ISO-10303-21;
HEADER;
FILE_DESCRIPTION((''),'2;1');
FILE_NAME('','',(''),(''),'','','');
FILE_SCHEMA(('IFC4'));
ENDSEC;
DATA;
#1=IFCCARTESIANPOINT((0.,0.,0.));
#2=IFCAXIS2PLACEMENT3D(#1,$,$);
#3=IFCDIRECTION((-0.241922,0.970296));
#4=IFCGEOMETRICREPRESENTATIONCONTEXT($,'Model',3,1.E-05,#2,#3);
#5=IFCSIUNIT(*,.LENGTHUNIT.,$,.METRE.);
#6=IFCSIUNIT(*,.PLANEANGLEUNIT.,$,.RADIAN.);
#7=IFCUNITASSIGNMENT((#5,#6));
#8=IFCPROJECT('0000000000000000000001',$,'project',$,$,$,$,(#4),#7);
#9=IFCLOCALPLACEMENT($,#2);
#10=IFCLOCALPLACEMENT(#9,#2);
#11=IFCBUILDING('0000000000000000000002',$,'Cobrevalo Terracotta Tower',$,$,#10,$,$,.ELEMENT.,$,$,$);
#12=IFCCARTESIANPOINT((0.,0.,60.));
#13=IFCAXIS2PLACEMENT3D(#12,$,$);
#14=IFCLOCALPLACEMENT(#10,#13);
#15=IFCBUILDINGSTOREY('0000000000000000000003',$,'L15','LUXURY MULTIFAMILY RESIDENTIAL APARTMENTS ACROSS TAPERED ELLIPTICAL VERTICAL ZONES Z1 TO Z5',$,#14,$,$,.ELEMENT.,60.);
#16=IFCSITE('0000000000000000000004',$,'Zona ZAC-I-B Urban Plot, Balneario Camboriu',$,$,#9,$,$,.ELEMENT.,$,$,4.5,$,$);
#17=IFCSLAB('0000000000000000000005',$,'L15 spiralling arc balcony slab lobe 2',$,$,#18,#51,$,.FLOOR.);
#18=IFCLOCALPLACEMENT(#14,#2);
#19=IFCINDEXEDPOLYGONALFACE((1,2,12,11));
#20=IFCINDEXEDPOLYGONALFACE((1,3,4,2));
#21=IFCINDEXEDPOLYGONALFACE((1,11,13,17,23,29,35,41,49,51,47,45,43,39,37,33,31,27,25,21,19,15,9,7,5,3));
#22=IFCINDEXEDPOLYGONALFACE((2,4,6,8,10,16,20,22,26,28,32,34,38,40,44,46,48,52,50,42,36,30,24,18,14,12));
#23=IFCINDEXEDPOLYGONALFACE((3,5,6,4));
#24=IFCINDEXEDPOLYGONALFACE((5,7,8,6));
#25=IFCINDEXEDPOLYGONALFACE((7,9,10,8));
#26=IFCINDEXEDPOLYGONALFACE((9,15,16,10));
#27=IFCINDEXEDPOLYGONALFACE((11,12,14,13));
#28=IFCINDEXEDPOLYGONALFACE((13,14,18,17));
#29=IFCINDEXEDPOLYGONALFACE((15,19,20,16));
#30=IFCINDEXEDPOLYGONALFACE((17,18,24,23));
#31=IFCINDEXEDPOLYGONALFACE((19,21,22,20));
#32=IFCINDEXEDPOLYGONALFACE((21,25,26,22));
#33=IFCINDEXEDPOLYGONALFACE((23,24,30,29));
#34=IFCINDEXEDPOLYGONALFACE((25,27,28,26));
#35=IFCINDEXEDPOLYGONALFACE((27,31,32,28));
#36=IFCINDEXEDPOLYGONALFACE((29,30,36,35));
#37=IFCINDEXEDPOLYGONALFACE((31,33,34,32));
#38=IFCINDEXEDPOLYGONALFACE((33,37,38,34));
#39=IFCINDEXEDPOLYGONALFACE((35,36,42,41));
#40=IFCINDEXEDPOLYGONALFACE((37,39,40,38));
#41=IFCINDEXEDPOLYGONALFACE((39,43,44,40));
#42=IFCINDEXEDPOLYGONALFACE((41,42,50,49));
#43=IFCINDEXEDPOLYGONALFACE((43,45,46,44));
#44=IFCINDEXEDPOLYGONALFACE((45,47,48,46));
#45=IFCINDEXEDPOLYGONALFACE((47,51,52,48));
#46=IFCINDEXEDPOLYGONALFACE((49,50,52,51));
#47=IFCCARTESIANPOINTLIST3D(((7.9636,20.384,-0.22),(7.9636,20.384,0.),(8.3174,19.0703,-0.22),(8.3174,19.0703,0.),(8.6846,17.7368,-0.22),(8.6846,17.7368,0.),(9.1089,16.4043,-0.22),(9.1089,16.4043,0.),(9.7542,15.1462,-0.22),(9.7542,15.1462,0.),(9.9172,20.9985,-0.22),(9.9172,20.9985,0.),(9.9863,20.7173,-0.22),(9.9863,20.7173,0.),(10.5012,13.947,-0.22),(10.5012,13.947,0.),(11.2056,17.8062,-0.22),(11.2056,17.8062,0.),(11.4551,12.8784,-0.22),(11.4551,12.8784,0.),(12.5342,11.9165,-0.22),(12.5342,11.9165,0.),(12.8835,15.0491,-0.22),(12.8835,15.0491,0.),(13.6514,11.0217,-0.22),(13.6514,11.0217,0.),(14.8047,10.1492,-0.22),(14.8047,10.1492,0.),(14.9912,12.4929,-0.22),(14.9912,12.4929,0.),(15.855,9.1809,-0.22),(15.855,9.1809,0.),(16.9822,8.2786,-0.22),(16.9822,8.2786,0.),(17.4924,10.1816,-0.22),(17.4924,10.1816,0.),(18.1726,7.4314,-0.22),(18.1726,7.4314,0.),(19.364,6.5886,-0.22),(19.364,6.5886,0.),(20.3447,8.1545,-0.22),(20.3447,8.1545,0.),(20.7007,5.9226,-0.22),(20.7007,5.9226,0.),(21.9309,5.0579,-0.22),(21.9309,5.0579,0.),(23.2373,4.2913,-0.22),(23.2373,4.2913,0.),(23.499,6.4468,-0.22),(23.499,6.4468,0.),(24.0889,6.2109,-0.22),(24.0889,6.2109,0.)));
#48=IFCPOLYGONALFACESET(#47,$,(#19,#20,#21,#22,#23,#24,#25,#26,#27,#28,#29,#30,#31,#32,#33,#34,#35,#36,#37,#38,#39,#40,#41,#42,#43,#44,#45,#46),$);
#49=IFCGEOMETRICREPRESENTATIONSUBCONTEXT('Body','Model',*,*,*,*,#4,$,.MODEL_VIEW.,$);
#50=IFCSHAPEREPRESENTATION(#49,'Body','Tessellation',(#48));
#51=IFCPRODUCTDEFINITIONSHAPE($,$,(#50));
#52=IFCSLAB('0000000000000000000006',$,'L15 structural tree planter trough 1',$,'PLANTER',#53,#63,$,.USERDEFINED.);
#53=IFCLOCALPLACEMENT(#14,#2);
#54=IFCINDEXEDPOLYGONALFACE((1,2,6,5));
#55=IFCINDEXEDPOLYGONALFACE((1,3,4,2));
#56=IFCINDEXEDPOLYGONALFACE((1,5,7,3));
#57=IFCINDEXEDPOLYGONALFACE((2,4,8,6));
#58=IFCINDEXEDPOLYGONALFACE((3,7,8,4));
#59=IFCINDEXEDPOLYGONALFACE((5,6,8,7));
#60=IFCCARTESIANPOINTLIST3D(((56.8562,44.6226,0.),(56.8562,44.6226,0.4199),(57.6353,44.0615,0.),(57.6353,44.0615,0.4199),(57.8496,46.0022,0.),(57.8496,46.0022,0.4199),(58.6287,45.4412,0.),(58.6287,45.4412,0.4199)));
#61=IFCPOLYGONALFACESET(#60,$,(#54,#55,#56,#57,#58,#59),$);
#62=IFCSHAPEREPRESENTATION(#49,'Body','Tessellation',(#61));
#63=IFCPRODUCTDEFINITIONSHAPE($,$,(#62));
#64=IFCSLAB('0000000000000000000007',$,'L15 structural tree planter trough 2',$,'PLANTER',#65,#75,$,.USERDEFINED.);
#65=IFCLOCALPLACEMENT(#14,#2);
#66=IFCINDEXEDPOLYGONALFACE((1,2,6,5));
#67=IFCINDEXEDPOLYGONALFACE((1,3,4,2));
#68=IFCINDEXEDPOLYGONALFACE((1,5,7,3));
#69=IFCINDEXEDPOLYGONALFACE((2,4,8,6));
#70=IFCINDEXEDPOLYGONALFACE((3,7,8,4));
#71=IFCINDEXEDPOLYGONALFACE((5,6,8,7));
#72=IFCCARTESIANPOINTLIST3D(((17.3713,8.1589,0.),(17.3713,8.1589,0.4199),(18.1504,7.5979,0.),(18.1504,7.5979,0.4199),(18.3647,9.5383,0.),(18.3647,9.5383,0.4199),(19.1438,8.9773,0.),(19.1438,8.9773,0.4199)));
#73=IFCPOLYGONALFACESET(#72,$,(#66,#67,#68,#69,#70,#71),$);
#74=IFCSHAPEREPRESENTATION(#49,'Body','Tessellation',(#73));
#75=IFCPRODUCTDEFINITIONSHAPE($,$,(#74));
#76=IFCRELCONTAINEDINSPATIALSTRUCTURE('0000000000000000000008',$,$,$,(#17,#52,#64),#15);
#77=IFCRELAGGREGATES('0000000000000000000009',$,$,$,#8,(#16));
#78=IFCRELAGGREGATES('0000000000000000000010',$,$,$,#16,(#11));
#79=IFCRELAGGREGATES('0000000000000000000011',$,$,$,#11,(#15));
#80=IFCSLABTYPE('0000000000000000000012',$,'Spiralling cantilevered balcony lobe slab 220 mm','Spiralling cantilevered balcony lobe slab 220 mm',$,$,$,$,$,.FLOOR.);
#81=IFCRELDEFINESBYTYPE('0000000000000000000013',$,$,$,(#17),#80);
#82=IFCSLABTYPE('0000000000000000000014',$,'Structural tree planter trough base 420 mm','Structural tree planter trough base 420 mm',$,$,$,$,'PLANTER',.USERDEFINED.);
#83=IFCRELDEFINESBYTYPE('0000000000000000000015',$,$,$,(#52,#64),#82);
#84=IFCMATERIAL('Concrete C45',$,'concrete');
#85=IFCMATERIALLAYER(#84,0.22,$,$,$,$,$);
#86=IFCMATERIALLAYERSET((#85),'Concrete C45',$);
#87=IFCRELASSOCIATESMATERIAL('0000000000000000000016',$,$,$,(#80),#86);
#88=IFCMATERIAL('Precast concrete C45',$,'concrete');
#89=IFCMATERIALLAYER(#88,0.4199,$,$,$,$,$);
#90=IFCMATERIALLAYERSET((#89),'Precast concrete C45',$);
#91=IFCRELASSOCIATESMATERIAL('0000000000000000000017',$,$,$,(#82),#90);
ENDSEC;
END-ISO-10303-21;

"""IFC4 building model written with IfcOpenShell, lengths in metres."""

from ifc_helpers import new_model, si_unit, direction, frame, origin, place, context, subcontext, project, spatial, polyline, outline, extrude, material, layer, layer_set, type_object, element, save


model = new_model("IFC4")

# Units and contexts
model_context = context("Model", 3, precision=1e-05, world=origin(), true_north=direction((-0.241922, 0.970296)))
body_context = subcontext(model_context, "Body", "Model", "MODEL_VIEW")
ifc_project = project(units=[si_unit("LENGTHUNIT", "METRE"), si_unit("PLANEANGLEUNIT", "RADIAN")], contexts=[model_context])

# Site, building, storey
site_placement = place(None, origin())
site = spatial("IfcSite", under=ifc_project, at=site_placement, Name="Zona ZAC-I-B Urban Plot, Balneario Camboriu", CompositionType="ELEMENT", RefElevation=4.5)
building_placement = place(site_placement, origin())
building = spatial("IfcBuilding", under=site, at=building_placement, Name="Cobrevalo Terracotta Tower", CompositionType="ELEMENT")
storey_placement = place(building_placement, frame((0.0, 0.0, 60.0)))
storey = spatial("IfcBuildingStorey", under=building, at=storey_placement, Name="L15", Description="LUXURY MULTIFAMILY RESIDENTIAL APARTMENTS ACROSS TAPERED ELLIPTICAL VERTICAL ZONES Z1 TO Z5", CompositionType="ELEMENT", Elevation=60.0)

# Slabs
ifc_material_1 = material(Name="Concrete C45", Category="concrete")
ifc_layer_1 = layer(ifc_material_1, 0.22)
ifc_layer_set_1 = layer_set([ifc_layer_1], Name="Concrete C45")
slab_type_1 = type_object("IfcSlabType", Name="Spiralling cantilevered balcony lobe slab 220 mm", Description="Spiralling cantilevered balcony lobe slab 220 mm", PredefinedType="FLOOR", material=ifc_layer_set_1)
slab_1_placement = place(storey_placement, frame((0.0, 0.0, -0.22)))
element("IfcSlab", 1, at=slab_1_placement, inside=storey, type_object=slab_type_1, Name="L15 spiralling arc balcony slab lobe 2", PredefinedType="FLOOR", context=body_context, shape_type="SweptSolid", body=[
    extrude(outline(polyline([(7.9636, 20.384), (8.3174, 19.0703), (8.6846, 17.7368), (9.1089, 16.4043), (9.7542, 15.1462), (10.5012, 13.947), (11.4551, 12.8784), (12.5342, 11.9165), (13.6514, 11.0217), (14.8047, 10.1492), (15.855, 9.1809), (16.9822, 8.2786), (18.1726, 7.4314), (19.364, 6.5886), (20.7007, 5.9226), (21.9309, 5.0579), (23.2373, 4.2913), (24.0889, 6.2109), (23.499, 6.4468), (20.3447, 8.1545), (17.4924, 10.1816), (14.9912, 12.4929), (12.8835, 15.0491), (11.2056, 17.8062), (9.9863, 20.7173), (9.9172, 20.9985), (7.9636, 20.384)])), origin(), (0.0, 0.0, 1.0), 0.22),
])
ifc_material_2 = material(Name="Precast concrete C45", Category="concrete")
ifc_layer_2 = layer(ifc_material_2, 0.4199)
ifc_layer_set_2 = layer_set([ifc_layer_2], Name="Precast concrete C45")
slab_type_2 = type_object("IfcSlabType", Name="Structural tree planter trough base 420 mm", Description="Structural tree planter trough base 420 mm", ElementType="PLANTER", PredefinedType="USERDEFINED", material=ifc_layer_set_2)
slab_2_placement = place(storey_placement, origin())
element("IfcSlab", 2, at=slab_2_placement, inside=storey, type_object=slab_type_2, Name="L15 structural tree planter trough 1", ObjectType="PLANTER", PredefinedType="USERDEFINED", context=body_context, shape_type="SweptSolid", body=[
    extrude(outline(polyline([(57.6353, 44.0615), (58.6287, 45.4412), (57.8496, 46.0022), (56.8562, 44.6226), (57.6353, 44.0615)])), origin(), (0.0, 0.0, 1.0), 0.4199),
])
slab_3_placement = place(storey_placement, origin())
element("IfcSlab", 3, at=slab_3_placement, inside=storey, type_object=slab_type_2, Name="L15 structural tree planter trough 2", ObjectType="PLANTER", PredefinedType="USERDEFINED", context=body_context, shape_type="SweptSolid", body=[
    extrude(outline(polyline([(18.3647, 9.5383), (17.3713, 8.1589), (18.1504, 7.5979), (19.1438, 8.9773), (18.3647, 9.5383)])), origin(), (0.0, 0.0, 1.0), 0.4199),
])

save(model, "model.ifc")
